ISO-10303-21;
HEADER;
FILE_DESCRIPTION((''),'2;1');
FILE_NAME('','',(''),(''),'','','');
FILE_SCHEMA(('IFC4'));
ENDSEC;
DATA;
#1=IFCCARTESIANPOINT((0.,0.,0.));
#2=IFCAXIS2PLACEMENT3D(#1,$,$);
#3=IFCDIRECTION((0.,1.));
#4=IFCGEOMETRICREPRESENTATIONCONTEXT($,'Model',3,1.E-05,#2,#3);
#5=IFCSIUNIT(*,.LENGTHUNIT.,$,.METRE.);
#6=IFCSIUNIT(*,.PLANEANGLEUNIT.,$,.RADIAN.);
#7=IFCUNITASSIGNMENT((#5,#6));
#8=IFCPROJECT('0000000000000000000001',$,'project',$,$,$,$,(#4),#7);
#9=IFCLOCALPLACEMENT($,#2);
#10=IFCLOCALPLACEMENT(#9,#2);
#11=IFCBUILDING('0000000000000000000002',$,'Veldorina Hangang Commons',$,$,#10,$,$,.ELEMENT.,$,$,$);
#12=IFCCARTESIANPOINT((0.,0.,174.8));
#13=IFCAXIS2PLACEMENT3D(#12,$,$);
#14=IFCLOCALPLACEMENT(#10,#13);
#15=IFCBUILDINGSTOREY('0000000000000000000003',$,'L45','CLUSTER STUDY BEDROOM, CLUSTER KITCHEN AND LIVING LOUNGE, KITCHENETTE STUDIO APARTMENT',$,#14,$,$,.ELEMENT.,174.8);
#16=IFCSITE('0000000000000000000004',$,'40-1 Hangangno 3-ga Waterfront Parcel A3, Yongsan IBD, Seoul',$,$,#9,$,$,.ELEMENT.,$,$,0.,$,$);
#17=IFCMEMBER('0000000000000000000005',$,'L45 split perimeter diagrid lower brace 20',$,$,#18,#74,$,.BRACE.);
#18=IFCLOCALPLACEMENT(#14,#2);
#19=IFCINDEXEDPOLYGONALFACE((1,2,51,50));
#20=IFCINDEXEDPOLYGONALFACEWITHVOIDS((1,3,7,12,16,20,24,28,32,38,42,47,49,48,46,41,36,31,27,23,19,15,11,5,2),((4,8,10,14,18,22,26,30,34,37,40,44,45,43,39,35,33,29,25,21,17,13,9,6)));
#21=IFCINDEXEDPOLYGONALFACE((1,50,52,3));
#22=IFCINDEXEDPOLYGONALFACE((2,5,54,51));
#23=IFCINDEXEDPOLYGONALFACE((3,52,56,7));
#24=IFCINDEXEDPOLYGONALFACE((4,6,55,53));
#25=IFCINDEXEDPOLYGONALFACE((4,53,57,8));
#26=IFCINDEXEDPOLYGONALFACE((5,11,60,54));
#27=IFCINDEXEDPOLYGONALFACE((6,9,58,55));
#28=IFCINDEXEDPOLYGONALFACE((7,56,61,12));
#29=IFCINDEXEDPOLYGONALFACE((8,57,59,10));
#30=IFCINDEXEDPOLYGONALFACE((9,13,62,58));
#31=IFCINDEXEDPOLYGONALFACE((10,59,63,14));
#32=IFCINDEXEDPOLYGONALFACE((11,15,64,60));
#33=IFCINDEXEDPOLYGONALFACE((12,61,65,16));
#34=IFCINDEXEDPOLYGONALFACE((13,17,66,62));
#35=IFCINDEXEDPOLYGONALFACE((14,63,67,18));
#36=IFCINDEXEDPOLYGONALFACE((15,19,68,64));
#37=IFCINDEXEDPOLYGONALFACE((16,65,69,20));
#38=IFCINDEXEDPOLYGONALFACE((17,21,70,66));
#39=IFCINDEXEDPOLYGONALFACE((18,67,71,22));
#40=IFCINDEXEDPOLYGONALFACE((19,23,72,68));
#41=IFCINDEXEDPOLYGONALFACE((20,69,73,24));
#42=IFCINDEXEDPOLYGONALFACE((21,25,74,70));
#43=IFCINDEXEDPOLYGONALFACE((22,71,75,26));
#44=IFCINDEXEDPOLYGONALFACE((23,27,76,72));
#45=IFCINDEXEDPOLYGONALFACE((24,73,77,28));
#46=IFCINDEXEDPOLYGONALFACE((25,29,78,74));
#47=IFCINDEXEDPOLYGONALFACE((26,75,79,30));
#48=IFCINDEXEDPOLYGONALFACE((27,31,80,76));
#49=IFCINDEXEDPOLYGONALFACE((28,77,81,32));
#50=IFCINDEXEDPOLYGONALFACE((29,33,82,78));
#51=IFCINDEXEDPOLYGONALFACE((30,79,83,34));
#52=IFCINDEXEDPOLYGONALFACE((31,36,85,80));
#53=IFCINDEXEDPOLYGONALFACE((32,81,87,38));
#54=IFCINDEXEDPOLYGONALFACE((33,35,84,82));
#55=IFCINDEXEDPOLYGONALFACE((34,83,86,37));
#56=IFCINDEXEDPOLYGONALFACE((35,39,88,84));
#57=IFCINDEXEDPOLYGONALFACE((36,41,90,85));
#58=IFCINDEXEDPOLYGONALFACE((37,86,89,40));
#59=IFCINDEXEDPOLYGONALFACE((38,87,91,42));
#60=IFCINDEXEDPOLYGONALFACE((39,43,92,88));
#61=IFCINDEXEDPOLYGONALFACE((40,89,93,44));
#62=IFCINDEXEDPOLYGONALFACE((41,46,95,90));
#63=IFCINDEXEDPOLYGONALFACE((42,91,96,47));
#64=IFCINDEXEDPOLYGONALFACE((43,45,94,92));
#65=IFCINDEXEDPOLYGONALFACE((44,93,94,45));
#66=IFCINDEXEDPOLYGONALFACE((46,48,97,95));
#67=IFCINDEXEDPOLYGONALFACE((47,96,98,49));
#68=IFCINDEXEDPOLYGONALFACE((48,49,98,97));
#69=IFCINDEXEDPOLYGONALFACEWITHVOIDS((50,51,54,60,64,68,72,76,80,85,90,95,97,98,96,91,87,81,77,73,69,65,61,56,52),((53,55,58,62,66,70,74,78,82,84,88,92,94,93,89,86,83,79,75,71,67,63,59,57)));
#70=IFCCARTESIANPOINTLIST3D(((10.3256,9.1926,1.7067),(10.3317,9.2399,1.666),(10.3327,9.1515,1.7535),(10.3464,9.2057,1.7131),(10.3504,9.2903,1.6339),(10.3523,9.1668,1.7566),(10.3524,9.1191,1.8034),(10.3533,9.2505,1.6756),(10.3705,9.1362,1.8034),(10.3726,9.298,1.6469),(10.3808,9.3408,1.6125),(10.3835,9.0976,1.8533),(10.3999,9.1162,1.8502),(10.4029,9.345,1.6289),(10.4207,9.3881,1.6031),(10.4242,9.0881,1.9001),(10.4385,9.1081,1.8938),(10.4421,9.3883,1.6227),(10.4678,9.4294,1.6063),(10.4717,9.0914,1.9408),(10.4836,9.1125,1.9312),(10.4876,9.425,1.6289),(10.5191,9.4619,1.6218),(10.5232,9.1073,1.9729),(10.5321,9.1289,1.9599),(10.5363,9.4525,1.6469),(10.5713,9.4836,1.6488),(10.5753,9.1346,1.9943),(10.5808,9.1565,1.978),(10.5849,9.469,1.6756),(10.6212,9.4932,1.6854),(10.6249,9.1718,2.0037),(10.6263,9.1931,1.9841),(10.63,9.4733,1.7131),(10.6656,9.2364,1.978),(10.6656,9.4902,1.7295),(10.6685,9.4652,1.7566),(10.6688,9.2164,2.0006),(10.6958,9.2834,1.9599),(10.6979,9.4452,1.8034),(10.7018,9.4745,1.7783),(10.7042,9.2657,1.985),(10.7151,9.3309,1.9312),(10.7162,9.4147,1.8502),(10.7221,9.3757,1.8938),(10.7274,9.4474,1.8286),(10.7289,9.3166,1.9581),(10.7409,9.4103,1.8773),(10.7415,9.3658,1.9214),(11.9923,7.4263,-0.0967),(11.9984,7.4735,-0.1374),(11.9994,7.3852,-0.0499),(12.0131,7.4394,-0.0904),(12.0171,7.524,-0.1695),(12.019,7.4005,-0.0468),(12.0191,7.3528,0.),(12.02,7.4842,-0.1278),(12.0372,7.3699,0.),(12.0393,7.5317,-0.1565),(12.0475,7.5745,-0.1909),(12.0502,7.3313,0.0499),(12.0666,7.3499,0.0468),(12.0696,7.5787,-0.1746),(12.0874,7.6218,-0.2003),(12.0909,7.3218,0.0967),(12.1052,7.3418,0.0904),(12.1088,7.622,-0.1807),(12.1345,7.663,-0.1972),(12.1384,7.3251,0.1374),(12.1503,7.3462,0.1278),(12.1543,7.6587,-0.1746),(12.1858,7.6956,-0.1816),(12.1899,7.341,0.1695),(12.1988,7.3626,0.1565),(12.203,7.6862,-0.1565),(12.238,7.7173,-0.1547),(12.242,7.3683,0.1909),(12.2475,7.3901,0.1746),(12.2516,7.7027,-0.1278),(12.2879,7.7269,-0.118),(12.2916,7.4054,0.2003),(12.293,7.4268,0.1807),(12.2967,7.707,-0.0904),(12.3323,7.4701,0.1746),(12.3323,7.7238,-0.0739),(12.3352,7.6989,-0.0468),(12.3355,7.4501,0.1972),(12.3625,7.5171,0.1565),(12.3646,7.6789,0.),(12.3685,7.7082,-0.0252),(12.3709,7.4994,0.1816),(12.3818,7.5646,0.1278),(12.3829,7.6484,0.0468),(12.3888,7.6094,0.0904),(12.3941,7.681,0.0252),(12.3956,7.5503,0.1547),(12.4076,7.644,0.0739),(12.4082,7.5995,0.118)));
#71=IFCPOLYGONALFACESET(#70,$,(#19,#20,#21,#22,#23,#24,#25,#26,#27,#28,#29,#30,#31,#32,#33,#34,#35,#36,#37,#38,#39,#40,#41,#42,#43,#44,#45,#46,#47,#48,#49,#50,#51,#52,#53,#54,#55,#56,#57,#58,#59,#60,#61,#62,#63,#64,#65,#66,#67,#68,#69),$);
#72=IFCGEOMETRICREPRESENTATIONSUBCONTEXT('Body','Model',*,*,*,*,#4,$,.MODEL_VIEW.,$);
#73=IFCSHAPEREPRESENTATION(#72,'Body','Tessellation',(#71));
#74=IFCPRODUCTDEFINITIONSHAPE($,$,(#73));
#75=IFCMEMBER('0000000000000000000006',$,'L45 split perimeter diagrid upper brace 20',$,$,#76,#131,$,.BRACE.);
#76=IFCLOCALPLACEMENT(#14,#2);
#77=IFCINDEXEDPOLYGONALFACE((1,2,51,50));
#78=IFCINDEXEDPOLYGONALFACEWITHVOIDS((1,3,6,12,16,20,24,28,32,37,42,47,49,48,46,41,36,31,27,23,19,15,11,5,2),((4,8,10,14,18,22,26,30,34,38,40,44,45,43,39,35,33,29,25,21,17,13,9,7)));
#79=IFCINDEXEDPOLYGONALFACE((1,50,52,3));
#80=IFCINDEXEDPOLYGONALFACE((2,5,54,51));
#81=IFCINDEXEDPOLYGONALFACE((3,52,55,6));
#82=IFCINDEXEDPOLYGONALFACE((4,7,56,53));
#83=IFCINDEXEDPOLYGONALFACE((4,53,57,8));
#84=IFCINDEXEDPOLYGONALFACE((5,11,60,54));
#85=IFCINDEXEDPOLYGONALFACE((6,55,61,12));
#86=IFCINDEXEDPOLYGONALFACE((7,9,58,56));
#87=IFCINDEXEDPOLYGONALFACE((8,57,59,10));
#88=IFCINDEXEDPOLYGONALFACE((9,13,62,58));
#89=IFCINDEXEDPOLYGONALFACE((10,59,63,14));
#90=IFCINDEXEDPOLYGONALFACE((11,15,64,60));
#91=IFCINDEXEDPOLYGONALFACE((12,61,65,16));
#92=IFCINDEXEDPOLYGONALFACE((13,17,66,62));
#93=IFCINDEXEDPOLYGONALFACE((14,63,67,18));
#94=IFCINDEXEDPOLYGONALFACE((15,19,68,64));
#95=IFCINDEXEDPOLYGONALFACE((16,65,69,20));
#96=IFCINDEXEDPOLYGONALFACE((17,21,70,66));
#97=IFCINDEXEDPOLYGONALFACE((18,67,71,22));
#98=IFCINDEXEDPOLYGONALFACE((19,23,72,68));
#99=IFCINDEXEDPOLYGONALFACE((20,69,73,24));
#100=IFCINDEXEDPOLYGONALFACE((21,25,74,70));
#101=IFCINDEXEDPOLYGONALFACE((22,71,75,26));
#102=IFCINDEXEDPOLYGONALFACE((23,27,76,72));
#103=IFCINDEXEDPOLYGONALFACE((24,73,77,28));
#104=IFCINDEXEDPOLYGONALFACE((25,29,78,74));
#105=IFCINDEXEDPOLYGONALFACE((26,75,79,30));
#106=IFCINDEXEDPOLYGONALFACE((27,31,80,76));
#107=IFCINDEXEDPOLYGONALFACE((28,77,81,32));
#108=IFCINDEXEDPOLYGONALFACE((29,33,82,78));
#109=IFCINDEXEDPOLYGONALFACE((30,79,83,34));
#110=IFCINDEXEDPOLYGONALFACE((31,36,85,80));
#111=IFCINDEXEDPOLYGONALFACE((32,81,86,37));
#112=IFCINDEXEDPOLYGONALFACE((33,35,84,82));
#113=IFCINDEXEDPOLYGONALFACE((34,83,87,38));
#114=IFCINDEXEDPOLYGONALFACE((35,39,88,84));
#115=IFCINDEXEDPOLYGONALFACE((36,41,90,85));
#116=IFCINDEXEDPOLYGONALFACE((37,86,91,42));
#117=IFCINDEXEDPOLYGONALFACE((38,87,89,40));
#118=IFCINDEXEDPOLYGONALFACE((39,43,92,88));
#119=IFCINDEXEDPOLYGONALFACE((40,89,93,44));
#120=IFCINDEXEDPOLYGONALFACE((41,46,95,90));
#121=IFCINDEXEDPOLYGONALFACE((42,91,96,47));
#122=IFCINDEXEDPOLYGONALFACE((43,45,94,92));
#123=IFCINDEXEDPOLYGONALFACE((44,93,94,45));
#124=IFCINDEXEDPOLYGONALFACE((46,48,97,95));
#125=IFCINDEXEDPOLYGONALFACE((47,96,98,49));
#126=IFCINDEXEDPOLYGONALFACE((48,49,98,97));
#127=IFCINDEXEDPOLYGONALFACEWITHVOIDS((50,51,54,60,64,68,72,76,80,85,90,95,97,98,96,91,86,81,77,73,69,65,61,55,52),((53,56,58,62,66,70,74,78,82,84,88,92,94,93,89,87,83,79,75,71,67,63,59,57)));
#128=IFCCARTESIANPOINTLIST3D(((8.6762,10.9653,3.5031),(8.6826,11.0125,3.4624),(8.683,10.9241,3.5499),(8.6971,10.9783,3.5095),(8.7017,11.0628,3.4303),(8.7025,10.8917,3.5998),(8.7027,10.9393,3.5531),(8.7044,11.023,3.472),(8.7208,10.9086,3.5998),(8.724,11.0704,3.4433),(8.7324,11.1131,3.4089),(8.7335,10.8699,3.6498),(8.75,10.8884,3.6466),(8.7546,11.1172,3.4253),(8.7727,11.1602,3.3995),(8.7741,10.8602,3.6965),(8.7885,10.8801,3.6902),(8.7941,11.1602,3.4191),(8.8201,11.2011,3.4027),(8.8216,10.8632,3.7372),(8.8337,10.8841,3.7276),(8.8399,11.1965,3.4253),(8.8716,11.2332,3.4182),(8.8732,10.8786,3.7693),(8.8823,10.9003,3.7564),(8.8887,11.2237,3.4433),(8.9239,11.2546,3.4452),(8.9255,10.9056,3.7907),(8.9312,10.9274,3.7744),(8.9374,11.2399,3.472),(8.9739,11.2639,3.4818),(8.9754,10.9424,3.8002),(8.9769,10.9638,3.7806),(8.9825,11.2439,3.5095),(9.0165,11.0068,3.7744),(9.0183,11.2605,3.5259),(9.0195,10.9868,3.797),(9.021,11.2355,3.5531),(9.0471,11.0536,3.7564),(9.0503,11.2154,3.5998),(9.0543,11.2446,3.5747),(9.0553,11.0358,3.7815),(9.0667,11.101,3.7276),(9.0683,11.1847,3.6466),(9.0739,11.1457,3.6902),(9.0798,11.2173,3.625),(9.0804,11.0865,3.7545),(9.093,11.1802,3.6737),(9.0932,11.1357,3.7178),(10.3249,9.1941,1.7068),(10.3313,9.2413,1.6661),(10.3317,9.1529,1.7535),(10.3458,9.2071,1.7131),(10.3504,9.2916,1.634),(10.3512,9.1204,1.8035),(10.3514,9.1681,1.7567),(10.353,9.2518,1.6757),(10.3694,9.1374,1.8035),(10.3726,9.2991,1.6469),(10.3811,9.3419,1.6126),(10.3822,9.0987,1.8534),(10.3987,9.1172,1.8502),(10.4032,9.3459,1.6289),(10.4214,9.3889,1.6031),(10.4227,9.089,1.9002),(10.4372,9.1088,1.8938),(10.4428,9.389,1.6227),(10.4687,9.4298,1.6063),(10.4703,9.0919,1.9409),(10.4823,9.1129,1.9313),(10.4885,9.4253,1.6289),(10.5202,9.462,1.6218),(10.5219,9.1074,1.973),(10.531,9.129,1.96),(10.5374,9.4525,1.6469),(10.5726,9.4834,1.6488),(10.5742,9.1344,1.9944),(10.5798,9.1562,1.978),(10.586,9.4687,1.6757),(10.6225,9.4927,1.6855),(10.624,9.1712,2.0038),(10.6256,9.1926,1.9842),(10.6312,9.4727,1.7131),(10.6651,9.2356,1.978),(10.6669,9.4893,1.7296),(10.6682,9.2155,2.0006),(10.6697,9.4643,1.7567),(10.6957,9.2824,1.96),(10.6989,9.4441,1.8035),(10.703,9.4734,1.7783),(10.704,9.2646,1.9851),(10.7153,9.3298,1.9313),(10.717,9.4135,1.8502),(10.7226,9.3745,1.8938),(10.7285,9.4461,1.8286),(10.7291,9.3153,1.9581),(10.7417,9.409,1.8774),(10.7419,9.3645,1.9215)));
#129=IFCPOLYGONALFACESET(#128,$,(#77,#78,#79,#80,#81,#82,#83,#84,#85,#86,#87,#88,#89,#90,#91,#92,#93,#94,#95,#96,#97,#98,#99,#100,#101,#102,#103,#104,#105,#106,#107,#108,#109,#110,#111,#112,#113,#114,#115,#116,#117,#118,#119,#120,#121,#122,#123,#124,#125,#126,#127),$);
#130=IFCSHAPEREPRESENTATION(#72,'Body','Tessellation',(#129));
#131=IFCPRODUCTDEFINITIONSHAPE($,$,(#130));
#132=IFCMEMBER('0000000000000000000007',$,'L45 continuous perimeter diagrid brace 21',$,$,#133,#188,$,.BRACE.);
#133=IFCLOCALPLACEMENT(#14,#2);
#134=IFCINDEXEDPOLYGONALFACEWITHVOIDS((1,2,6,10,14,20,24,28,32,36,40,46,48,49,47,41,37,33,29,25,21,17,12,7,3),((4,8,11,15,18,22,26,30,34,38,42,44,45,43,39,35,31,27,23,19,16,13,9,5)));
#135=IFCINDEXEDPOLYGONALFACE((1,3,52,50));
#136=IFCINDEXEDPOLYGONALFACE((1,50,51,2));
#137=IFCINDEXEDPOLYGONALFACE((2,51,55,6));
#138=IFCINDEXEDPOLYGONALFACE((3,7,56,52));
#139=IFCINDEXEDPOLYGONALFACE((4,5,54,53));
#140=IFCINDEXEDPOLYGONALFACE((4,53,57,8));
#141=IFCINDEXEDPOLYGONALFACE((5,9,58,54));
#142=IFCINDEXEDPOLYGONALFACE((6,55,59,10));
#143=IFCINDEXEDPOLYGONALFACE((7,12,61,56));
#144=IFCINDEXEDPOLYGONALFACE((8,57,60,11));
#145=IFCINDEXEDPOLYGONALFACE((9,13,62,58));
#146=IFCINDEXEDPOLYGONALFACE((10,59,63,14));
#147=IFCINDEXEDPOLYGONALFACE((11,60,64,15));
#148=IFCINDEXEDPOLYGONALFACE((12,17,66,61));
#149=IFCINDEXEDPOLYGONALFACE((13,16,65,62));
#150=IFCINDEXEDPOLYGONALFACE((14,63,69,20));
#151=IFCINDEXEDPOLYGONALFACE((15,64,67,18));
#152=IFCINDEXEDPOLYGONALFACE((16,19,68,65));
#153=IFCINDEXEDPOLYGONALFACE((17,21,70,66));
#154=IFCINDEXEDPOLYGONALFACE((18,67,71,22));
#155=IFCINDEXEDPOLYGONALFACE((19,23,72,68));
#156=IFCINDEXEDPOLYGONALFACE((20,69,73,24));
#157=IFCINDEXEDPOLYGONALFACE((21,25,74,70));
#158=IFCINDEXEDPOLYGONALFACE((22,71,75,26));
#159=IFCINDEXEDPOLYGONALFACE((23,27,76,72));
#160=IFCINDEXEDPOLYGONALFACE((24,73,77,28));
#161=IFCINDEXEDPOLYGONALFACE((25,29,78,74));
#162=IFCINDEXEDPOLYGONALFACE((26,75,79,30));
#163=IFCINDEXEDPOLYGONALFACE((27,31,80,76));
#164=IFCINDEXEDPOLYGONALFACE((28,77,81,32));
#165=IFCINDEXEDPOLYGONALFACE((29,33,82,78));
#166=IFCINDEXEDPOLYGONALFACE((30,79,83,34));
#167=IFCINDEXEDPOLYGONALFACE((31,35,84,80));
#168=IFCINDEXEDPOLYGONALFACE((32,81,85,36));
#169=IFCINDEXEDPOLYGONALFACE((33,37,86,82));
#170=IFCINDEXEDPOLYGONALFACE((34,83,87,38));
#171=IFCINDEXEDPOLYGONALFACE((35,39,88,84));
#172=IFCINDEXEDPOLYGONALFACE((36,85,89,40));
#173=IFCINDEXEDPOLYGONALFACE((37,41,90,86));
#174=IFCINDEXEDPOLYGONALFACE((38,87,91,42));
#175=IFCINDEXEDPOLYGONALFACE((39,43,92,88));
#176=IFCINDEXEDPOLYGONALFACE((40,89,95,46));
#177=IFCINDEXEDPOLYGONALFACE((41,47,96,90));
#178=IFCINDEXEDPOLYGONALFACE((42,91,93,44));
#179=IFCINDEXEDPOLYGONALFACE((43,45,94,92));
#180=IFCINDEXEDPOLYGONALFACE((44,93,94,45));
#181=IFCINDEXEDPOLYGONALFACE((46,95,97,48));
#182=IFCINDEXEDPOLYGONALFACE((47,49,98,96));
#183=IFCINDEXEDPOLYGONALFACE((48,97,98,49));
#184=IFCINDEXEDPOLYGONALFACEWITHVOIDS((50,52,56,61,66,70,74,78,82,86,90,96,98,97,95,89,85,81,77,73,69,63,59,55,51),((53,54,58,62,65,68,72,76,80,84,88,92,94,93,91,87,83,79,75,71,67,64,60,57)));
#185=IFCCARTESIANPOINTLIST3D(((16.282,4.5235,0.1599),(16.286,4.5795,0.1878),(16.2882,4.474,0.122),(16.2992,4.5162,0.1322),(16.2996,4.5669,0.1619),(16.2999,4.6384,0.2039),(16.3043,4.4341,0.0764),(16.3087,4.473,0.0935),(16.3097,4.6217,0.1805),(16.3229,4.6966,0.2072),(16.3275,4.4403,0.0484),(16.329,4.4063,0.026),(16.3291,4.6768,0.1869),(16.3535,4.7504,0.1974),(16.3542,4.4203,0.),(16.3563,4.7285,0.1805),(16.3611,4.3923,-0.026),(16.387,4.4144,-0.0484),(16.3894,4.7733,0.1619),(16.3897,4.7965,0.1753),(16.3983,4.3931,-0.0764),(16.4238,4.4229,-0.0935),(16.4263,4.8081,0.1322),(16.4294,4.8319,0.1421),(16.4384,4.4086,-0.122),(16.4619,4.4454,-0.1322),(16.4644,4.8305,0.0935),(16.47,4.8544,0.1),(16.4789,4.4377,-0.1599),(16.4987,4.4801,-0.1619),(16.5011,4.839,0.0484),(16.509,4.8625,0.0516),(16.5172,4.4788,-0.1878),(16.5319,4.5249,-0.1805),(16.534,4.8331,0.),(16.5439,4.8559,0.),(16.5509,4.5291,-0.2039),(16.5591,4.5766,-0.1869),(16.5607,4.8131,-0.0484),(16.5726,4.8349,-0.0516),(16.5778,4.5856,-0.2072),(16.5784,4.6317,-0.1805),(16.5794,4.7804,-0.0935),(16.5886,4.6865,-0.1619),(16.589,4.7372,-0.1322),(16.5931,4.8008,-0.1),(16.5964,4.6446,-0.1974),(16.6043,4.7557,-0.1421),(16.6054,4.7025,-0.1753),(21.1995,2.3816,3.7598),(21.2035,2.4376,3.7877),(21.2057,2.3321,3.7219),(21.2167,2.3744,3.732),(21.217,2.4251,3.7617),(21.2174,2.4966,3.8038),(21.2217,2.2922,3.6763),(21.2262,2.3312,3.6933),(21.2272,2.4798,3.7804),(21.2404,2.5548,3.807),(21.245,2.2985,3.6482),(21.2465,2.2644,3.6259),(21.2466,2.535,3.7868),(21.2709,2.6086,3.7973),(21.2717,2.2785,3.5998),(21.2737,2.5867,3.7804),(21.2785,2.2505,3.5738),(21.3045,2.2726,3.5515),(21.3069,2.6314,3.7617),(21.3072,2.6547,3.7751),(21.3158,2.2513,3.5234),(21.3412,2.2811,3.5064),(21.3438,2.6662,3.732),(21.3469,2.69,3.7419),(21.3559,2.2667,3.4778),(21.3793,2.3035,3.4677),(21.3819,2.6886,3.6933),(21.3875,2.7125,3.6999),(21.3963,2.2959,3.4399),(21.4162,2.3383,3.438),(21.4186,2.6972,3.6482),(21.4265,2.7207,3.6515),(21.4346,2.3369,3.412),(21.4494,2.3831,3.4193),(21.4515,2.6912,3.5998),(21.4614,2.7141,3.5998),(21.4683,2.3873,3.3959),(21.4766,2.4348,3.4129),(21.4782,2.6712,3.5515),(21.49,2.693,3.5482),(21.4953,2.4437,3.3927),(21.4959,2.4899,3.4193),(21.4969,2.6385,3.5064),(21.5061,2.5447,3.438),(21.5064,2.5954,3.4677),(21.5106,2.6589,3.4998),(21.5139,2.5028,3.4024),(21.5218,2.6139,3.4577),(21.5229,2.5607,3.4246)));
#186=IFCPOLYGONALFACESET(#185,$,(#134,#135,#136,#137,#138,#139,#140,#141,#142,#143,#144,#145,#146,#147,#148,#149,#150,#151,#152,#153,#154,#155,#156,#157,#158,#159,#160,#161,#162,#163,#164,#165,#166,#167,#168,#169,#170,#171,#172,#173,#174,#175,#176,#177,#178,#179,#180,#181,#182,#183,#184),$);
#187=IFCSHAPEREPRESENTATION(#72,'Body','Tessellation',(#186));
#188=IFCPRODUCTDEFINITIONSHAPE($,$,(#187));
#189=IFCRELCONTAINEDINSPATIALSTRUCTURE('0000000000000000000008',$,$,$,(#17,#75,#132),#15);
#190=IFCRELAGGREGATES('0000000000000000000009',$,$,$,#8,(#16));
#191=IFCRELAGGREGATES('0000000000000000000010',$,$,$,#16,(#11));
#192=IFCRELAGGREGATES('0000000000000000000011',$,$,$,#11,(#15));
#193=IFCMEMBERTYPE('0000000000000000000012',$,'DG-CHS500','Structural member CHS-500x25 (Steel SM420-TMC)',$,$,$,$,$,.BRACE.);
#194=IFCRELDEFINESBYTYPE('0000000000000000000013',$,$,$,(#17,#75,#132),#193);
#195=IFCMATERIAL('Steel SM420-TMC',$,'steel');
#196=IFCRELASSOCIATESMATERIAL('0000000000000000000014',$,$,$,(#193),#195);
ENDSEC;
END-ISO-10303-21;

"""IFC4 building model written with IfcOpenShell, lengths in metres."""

from ifc_helpers import new_model, si_unit, direction, frame, origin, origin_2d, place, context, subcontext, project, spatial, hollow_circle, extrude, material, material_profile, profile_set, type_object, element, save


model = new_model("IFC4")

# Units and contexts
model_context = context("Model", 3, precision=1e-05, world=origin(), true_north=direction((0.0, 1.0)))
body_context = subcontext(model_context, "Body", "Model", "MODEL_VIEW")
ifc_project = project(units=[si_unit("LENGTHUNIT", "METRE"), si_unit("PLANEANGLEUNIT", "RADIAN")], contexts=[model_context])

# Site, building, storey
site_placement = place(None, origin())
site = spatial("IfcSite", under=ifc_project, at=site_placement, Name="40-1 Hangangno 3-ga Waterfront Parcel A3, Yongsan IBD, Seoul", CompositionType="ELEMENT", RefElevation=0.0)
building_placement = place(site_placement, origin())
building = spatial("IfcBuilding", under=site, at=building_placement, Name="Veldorina Hangang Commons", CompositionType="ELEMENT")
storey_placement = place(building_placement, frame((0.0, 0.0, 174.8)))
storey = spatial("IfcBuildingStorey", under=building, at=storey_placement, Name="L45", Description="CLUSTER STUDY BEDROOM, CLUSTER KITCHEN AND LIVING LOUNGE, KITCHENETTE STUDIO APARTMENT", CompositionType="ELEMENT", Elevation=174.8)

# Shared definitions
ifc_material_1 = material(Name="Steel SM420-TMC", Category="steel")

# Members
ifc_material_profile_1 = material_profile(ifc_material_1, hollow_circle(Radius=0.25, WallThickness=0.0249, at=origin_2d()), Name="CHS-500x25")
ifc_profile_set_1 = profile_set([ifc_material_profile_1], Name="Steel SM420-TMC")
member_type = type_object("IfcMemberType", Name="DG-CHS500", Description="Structural member CHS-500x25 (Steel SM420-TMC)", PredefinedType="BRACE", material=ifc_profile_set_1)
member_1_placement = place(storey_placement, frame((12.2009, 7.5244, 0.0), z_axis=(-0.550993, 0.583922, 0.596189), x_axis=(-0.727317, -0.686302, 0.0)))
element("IfcMember", 1, at=member_1_placement, inside=storey, type_object=member_type, Name="L45 split perimeter diagrid lower brace 20", PredefinedType="BRACE", context=body_context, shape_type="SweptSolid", body=[
    extrude(hollow_circle(Radius=0.25, WallThickness=0.0249, at=origin_2d()), origin(), (0.0, 0.0, 1.0), 3.0249),
])
member_2_placement = place(storey_placement, frame((10.5342, 9.2908, 1.8035), z_axis=(-0.54706, 0.587727, 0.596072), x_axis=(-0.731977, -0.681329, 0.0)))
element("IfcMember", 2, at=member_2_placement, inside=storey, type_object=member_type, Name="L45 split perimeter diagrid upper brace 20", PredefinedType="BRACE", context=body_context, shape_type="SweptSolid", body=[
    extrude(hollow_circle(Radius=0.25, WallThickness=0.0249, at=origin_2d()), origin(), (0.0, 0.0, 1.0), 3.0137),
])
member_3_placement = place(storey_placement, frame((16.4441, 4.6267, 0.0), z_axis=(0.761252, -0.331569, 0.557276), x_axis=(0.399324, 0.91681, 0.0)))
element("IfcMember", 3, at=member_3_placement, inside=storey, type_object=member_type, Name="L45 continuous perimeter diagrid brace 21", PredefinedType="BRACE", context=body_context, shape_type="SweptSolid", body=[
    extrude(hollow_circle(Radius=0.25, WallThickness=0.0249, at=origin_2d()), origin(), (0.0, 0.0, 1.0), 6.4597),
])

save(model, "model.ifc")
